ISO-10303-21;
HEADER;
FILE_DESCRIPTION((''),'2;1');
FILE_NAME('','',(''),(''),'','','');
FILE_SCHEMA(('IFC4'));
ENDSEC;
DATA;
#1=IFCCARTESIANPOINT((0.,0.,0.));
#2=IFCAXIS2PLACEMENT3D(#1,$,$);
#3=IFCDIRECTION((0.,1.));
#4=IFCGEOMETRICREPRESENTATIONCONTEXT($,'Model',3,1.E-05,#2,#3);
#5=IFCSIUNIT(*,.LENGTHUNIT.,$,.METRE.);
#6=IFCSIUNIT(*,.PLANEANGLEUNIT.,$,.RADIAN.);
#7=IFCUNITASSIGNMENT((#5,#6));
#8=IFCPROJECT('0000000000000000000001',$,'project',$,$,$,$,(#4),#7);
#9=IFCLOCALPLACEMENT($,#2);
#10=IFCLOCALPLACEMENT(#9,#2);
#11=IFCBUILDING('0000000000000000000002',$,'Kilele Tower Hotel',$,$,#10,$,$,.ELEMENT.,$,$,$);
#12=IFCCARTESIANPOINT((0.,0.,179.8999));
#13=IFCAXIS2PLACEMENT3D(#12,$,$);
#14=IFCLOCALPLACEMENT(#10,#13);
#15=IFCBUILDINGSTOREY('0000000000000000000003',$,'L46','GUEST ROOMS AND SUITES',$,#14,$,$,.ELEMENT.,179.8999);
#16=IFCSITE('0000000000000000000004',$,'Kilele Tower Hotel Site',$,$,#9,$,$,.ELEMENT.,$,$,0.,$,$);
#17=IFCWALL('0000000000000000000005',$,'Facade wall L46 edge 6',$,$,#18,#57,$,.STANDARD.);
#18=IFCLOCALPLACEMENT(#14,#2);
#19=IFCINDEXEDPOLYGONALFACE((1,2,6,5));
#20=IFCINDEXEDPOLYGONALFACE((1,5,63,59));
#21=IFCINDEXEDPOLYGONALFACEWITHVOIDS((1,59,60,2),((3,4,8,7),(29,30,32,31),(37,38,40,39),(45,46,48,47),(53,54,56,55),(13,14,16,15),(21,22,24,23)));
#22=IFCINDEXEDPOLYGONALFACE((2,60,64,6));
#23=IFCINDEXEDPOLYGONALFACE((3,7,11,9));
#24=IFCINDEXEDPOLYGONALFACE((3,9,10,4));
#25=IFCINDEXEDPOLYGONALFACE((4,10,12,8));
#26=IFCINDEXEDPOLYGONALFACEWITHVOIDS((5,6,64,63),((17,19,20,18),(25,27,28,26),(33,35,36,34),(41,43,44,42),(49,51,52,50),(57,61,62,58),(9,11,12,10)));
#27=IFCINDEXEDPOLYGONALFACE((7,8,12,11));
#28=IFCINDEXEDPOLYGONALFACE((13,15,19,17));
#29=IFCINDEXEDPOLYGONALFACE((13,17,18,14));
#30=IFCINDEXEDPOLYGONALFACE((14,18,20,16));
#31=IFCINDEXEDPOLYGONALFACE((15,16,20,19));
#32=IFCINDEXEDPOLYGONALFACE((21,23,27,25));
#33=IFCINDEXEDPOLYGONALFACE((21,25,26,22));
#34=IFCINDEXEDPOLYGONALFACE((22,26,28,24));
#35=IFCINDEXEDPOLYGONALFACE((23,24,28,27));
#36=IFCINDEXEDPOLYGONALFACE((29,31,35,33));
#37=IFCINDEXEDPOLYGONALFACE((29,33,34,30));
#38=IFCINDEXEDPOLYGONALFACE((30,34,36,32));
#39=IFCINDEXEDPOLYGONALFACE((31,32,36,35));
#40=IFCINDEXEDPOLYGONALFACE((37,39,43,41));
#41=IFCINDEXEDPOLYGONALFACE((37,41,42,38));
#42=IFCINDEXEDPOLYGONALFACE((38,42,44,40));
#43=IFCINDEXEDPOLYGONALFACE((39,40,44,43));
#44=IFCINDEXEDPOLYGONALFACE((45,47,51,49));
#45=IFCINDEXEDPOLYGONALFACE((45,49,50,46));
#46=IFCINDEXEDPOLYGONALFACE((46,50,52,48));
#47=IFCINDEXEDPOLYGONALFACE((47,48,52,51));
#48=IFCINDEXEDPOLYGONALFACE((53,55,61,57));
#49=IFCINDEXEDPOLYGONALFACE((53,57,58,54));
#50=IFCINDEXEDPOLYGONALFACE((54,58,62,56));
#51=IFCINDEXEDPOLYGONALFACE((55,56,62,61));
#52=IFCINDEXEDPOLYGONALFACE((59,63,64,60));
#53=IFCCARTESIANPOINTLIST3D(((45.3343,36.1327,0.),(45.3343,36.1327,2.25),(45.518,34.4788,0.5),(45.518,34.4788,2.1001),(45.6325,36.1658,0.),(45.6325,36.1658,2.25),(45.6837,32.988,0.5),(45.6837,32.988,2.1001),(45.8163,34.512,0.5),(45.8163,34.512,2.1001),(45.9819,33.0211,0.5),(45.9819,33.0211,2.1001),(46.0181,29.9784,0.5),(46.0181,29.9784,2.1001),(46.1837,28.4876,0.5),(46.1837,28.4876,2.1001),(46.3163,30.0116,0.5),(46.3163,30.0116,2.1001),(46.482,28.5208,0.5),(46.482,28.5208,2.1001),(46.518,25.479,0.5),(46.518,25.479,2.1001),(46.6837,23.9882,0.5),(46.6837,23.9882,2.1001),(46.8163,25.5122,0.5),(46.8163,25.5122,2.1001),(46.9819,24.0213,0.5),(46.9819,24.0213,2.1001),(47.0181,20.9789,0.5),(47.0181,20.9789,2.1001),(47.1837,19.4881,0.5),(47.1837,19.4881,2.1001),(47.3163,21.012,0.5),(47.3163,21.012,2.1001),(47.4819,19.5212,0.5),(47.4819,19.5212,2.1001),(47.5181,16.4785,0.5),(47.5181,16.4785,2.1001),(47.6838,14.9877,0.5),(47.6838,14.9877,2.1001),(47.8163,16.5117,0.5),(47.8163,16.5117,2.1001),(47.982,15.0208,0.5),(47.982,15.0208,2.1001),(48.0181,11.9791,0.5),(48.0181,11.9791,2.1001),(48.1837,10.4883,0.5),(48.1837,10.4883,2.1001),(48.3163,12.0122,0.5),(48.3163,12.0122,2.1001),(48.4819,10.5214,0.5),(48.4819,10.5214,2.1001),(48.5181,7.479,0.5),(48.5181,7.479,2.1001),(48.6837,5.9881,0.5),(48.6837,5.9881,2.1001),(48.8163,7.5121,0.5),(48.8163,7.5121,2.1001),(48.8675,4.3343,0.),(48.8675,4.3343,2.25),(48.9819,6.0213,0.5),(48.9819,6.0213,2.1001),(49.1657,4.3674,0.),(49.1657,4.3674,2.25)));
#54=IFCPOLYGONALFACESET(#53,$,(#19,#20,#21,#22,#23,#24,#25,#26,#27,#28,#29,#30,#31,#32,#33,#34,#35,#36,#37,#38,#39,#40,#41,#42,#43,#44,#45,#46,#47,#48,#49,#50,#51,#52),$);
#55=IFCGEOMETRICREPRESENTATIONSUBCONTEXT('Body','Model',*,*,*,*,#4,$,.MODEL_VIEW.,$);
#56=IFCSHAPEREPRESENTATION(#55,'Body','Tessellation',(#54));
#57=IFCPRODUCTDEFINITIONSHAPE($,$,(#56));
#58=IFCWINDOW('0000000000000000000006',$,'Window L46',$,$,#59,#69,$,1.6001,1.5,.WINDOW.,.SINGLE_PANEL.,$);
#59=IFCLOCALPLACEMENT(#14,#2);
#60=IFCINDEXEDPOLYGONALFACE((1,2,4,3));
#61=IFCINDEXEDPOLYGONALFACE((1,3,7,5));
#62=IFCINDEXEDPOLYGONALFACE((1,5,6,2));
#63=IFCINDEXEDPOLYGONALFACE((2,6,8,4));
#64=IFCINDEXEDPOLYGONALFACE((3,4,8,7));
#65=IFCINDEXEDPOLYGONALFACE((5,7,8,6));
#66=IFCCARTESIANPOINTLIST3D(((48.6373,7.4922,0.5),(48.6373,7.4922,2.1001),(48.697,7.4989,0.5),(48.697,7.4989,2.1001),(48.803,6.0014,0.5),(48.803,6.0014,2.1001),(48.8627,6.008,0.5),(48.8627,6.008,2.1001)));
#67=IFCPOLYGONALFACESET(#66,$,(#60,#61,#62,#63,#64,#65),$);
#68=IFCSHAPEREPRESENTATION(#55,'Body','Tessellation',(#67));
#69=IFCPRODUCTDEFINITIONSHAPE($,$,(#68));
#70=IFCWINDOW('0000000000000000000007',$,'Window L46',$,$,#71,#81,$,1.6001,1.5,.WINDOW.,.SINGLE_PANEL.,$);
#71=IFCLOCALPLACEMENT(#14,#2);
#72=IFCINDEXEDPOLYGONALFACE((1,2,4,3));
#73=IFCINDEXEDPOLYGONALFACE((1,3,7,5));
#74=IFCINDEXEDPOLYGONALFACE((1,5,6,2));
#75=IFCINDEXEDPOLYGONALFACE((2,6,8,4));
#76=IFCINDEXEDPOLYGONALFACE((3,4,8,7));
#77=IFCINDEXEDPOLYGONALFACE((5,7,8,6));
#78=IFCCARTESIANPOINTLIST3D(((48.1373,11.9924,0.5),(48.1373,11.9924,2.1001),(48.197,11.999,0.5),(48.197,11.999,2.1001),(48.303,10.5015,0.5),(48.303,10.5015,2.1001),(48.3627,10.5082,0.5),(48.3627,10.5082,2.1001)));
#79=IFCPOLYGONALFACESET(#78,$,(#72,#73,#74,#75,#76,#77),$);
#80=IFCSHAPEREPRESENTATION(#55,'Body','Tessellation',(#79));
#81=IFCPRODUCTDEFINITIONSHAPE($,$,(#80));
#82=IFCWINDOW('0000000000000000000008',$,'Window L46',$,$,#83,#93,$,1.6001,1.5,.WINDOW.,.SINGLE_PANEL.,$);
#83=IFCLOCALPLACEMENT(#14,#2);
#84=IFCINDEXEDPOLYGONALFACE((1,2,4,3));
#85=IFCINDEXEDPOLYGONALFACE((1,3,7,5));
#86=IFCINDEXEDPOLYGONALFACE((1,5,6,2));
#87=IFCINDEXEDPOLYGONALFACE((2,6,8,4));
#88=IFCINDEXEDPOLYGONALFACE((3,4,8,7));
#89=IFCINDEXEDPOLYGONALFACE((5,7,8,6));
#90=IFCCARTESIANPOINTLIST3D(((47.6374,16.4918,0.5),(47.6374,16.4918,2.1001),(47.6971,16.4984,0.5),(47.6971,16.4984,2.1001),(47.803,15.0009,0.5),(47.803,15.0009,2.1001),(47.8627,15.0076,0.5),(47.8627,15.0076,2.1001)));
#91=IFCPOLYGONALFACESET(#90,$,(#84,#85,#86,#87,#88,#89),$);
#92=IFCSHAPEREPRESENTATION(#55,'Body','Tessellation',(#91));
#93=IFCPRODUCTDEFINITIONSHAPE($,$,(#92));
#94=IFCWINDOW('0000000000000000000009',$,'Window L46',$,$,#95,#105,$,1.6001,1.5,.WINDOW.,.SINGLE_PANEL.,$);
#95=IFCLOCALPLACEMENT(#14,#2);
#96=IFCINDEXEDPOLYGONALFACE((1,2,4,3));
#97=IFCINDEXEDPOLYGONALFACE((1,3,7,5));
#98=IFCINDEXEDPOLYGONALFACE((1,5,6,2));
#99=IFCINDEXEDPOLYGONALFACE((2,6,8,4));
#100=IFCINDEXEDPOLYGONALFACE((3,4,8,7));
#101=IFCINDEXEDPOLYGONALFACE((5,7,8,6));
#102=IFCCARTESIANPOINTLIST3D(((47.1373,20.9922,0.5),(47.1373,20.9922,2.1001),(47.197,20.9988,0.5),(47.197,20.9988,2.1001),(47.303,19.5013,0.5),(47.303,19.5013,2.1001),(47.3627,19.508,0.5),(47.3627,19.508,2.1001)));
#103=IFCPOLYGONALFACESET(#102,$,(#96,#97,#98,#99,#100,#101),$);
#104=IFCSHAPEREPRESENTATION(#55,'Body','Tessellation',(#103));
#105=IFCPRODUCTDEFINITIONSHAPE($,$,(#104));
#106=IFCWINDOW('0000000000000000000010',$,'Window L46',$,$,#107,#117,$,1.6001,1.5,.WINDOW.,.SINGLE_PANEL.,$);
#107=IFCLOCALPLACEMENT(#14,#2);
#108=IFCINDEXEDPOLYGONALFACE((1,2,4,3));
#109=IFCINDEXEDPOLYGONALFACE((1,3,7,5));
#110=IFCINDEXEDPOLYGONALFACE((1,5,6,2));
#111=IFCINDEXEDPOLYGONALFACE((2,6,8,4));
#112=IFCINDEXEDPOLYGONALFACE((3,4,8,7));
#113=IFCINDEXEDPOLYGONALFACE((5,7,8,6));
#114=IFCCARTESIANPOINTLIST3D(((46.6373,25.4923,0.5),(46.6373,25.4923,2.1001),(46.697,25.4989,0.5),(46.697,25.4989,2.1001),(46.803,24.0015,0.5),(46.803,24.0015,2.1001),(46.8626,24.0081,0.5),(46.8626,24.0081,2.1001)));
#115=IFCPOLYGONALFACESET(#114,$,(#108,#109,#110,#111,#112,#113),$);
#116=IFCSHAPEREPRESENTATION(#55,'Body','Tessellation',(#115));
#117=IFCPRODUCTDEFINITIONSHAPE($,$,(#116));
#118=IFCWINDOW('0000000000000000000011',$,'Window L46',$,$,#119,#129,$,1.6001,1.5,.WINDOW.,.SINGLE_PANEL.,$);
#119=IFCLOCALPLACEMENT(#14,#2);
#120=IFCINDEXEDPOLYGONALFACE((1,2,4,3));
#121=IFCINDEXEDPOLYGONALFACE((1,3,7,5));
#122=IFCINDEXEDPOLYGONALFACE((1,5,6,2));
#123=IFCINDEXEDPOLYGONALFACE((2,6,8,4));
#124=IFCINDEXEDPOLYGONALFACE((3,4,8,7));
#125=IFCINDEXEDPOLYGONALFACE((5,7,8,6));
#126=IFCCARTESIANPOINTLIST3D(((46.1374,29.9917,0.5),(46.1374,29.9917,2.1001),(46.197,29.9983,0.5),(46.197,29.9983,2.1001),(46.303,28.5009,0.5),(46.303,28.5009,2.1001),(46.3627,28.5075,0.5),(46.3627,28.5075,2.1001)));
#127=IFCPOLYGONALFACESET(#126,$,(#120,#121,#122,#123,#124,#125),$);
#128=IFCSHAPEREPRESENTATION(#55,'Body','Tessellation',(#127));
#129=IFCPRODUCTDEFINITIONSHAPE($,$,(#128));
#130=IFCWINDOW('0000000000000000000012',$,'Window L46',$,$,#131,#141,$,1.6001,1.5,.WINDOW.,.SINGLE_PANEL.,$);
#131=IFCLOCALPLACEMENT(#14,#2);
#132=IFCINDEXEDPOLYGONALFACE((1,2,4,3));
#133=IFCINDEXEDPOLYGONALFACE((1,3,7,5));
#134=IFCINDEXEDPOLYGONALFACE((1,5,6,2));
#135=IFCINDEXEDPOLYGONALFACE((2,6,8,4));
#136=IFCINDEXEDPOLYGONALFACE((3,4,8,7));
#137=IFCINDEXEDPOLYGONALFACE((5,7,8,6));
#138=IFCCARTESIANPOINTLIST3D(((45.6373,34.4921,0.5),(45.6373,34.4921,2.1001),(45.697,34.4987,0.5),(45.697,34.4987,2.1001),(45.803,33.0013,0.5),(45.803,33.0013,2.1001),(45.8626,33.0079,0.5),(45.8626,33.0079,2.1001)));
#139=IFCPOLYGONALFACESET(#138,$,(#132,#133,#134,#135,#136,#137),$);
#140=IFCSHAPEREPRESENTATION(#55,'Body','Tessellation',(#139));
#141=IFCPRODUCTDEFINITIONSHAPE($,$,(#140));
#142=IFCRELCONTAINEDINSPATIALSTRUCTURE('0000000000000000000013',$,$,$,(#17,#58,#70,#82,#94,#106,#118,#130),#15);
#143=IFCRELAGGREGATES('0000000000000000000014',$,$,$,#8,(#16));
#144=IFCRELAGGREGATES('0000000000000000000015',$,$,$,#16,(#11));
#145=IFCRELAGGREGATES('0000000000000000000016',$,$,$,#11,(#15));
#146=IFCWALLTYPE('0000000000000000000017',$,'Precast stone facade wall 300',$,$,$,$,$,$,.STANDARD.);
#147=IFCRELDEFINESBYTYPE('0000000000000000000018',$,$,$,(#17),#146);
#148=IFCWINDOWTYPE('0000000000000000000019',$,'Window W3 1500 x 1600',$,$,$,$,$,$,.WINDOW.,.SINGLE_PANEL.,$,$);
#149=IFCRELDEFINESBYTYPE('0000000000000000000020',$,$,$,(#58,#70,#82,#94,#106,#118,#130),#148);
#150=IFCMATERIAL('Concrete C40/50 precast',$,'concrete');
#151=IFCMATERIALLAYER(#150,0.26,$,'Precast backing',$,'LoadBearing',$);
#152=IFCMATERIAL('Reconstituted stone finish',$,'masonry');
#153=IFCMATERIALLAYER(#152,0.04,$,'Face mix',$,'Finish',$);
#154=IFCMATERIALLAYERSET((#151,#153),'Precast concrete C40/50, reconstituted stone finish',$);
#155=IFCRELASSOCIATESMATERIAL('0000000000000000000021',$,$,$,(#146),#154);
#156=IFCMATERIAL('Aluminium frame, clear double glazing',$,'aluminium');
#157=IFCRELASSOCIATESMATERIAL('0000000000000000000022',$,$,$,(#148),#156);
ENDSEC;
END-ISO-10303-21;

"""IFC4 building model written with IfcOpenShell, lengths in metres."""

from ifc_helpers import new_model, si_unit, direction, frame, frame_2d, origin, place, context, subcontext, project, spatial, rectangle, extrude, material, layer, layer_set, type_object, element, fill, save


model = new_model("IFC4")

# Units and contexts
model_context = context("Model", 3, precision=1e-05, world=origin(), true_north=direction((0.0, 1.0)))
body_context = subcontext(model_context, "Body", "Model", "MODEL_VIEW")
ifc_project = project(units=[si_unit("LENGTHUNIT", "METRE"), si_unit("PLANEANGLEUNIT", "RADIAN")], contexts=[model_context])

# Site, building, storey
site_placement = place(None, origin())
site = spatial("IfcSite", under=ifc_project, at=site_placement, Name="Kilele Tower Hotel Site", CompositionType="ELEMENT", RefElevation=0.0)
building_placement = place(site_placement, origin())
building = spatial("IfcBuilding", under=site, at=building_placement, Name="Kilele Tower Hotel", CompositionType="ELEMENT")
storey_placement = place(building_placement, frame((0.0, 0.0, 179.8999)))
storey = spatial("IfcBuildingStorey", under=building, at=storey_placement, Name="L46", Description="GUEST ROOMS AND SUITES", CompositionType="ELEMENT", Elevation=179.8999)

# Shared definitions
ifc_material_1 = material(Name="Concrete C40/50 precast", Category="concrete")
ifc_layer_1 = layer(ifc_material_1, 0.26, Name="Precast backing", Category="LoadBearing")
ifc_material_2 = material(Name="Reconstituted stone finish", Category="masonry")
ifc_layer_2 = layer(ifc_material_2, 0.04, Name="Face mix", Category="Finish")
ifc_layer_set_1 = layer_set([ifc_layer_1, ifc_layer_2], Name="Precast concrete C40/50, reconstituted stone finish")
wall_type_1 = type_object("IfcWallType", Name="Precast stone facade wall 300", PredefinedType="STANDARD", material=ifc_layer_set_1)
ifc_material_3 = material(Name="Aluminium frame, clear double glazing", Category="aluminium")
window_type_1 = type_object("IfcWindowType", Name="Window W3 1500 x 1600", PartitioningType="SINGLE_PANEL", PredefinedType="WINDOW", material=ifc_material_3)

# Wall, openings, windows
wall_1_placement = place(storey_placement, frame((49.0166, 4.3508, 0.0), z_axis=(0.0, 0.0, 1.0), x_axis=(-0.110433, 0.993884, 0.0)))
wall_1 = element("IfcWall", 1, at=wall_1_placement, inside=storey, type_object=wall_type_1, Name="Facade wall L46 edge 6", PredefinedType="STANDARD", context=body_context, shape_type="SweptSolid", body=[
    extrude(rectangle(XDim=31.9941, YDim=0.3, at=frame_2d((15.9971, 0.0))), origin(), (0.0, 0.0, 1.0), 2.25),
])
opening_1_placement = place(wall_1_placement, frame((1.6641, 0.0, 0.5)))
opening_1 = element("IfcOpeningElement", 2, at=opening_1_placement, cuts=wall_1, PredefinedType="OPENING", context=body_context, shape_type="SweptSolid", body=[
    extrude(rectangle(XDim=1.5, YDim=1.6001, at=frame_2d((0.75, 0.8))), frame((0.0, 0.1599, 0.0), z_axis=(0.0, -1.0, 0.0), x_axis=(1.0, 0.0, 0.0)), (0.0, 0.0, 1.0), 0.3201),
])
opening_2_placement = place(wall_1_placement, frame((6.1919, 0.0, 0.5)))
opening_2 = element("IfcOpeningElement", 3, at=opening_2_placement, cuts=wall_1, PredefinedType="OPENING", context=body_context, shape_type="SweptSolid", body=[
    extrude(rectangle(XDim=1.5, YDim=1.6001, at=frame_2d((0.75, 0.8))), frame((0.0, 0.1599, 0.0), z_axis=(0.0, -1.0, 0.0), x_axis=(1.0, 0.0, 0.0)), (0.0, 0.0, 1.0), 0.3201),
])
opening_3_placement = place(wall_1_placement, frame((10.719, 0.0, 0.5)))
opening_3 = element("IfcOpeningElement", 4, at=opening_3_placement, cuts=wall_1, PredefinedType="OPENING", context=body_context, shape_type="SweptSolid", body=[
    extrude(rectangle(XDim=1.5, YDim=1.6001, at=frame_2d((0.75, 0.8))), frame((0.0, 0.1599, 0.0), z_axis=(0.0, -1.0, 0.0), x_axis=(1.0, 0.0, 0.0)), (0.0, 0.0, 1.0), 0.3201),
])
opening_4_placement = place(wall_1_placement, frame((15.2471, 0.0, 0.5)))
opening_4 = element("IfcOpeningElement", 5, at=opening_4_placement, cuts=wall_1, PredefinedType="OPENING", context=body_context, shape_type="SweptSolid", body=[
    extrude(rectangle(XDim=1.5, YDim=1.6001, at=frame_2d((0.75, 0.8))), frame((0.0, 0.1599, 0.0), z_axis=(0.0, -1.0, 0.0), x_axis=(1.0, 0.0, 0.0)), (0.0, 0.0, 1.0), 0.3201),
])
opening_5_placement = place(wall_1_placement, frame((19.7749, 0.0, 0.5)))
opening_5 = element("IfcOpeningElement", 6, at=opening_5_placement, cuts=wall_1, PredefinedType="OPENING", context=body_context, shape_type="SweptSolid", body=[
    extrude(rectangle(XDim=1.5, YDim=1.6001, at=frame_2d((0.75, 0.8))), frame((0.0, 0.1599, 0.0), z_axis=(0.0, -1.0, 0.0), x_axis=(1.0, 0.0, 0.0)), (0.0, 0.0, 1.0), 0.3201),
])
opening_6_placement = place(wall_1_placement, frame((24.302, 0.0, 0.5)))
opening_6 = element("IfcOpeningElement", 7, at=opening_6_placement, cuts=wall_1, PredefinedType="OPENING", context=body_context, shape_type="SweptSolid", body=[
    extrude(rectangle(XDim=1.5, YDim=1.6001, at=frame_2d((0.75, 0.8))), frame((0.0, 0.1599, 0.0), z_axis=(0.0, -1.0, 0.0), x_axis=(1.0, 0.0, 0.0)), (0.0, 0.0, 1.0), 0.3201),
])
opening_7_placement = place(wall_1_placement, frame((28.8301, 0.0, 0.5)))
opening_7 = element("IfcOpeningElement", 8, at=opening_7_placement, cuts=wall_1, PredefinedType="OPENING", context=body_context, shape_type="SweptSolid", body=[
    extrude(rectangle(XDim=1.5, YDim=1.6001, at=frame_2d((0.75, 0.8))), frame((0.0, 0.1599, 0.0), z_axis=(0.0, -1.0, 0.0), x_axis=(1.0, 0.0, 0.0)), (0.0, 0.0, 1.0), 0.3201),
])
window_1_placement = place(opening_1_placement, origin())
window_1 = element("IfcWindow", 9, at=window_1_placement, inside=storey, type_object=window_type_1, Name="Window L46", OverallHeight=1.6001, OverallWidth=1.5, PartitioningType="SINGLE_PANEL", PredefinedType="WINDOW", context=body_context, shape_type="SweptSolid", body=[
    extrude(rectangle(XDim=1.5, YDim=1.6001, at=frame_2d((0.75, 0.8))), frame((0.0, 0.03, 0.0), z_axis=(0.0, -1.0, 0.0), x_axis=(1.0, 0.0, 0.0)), (0.0, 0.0, 1.0), 0.0601),
])
fill(opening_1, window_1)
window_2_placement = place(opening_2_placement, origin())
window_2 = element("IfcWindow", 10, at=window_2_placement, inside=storey, type_object=window_type_1, Name="Window L46", OverallHeight=1.6001, OverallWidth=1.5, PartitioningType="SINGLE_PANEL", PredefinedType="WINDOW", context=body_context, shape_type="SweptSolid", body=[
    extrude(rectangle(XDim=1.5, YDim=1.6001, at=frame_2d((0.75, 0.8))), frame((0.0, 0.03, 0.0), z_axis=(0.0, -1.0, 0.0), x_axis=(1.0, 0.0, 0.0)), (0.0, 0.0, 1.0), 0.0601),
])
fill(opening_2, window_2)
window_3_placement = place(opening_3_placement, origin())
window_3 = element("IfcWindow", 11, at=window_3_placement, inside=storey, type_object=window_type_1, Name="Window L46", OverallHeight=1.6001, OverallWidth=1.5, PartitioningType="SINGLE_PANEL", PredefinedType="WINDOW", context=body_context, shape_type="SweptSolid", body=[
    extrude(rectangle(XDim=1.5, YDim=1.6001, at=frame_2d((0.75, 0.8))), frame((0.0, 0.03, 0.0), z_axis=(0.0, -1.0, 0.0), x_axis=(1.0, 0.0, 0.0)), (0.0, 0.0, 1.0), 0.0601),
])
fill(opening_3, window_3)
window_4_placement = place(opening_4_placement, origin())
window_4 = element("IfcWindow", 12, at=window_4_placement, inside=storey, type_object=window_type_1, Name="Window L46", OverallHeight=1.6001, OverallWidth=1.5, PartitioningType="SINGLE_PANEL", PredefinedType="WINDOW", context=body_context, shape_type="SweptSolid", body=[
    extrude(rectangle(XDim=1.5, YDim=1.6001, at=frame_2d((0.75, 0.8))), frame((0.0, 0.03, 0.0), z_axis=(0.0, -1.0, 0.0), x_axis=(1.0, 0.0, 0.0)), (0.0, 0.0, 1.0), 0.0601),
])
fill(opening_4, window_4)
window_5_placement = place(opening_5_placement, origin())
window_5 = element("IfcWindow", 13, at=window_5_placement, inside=storey, type_object=window_type_1, Name="Window L46", OverallHeight=1.6001, OverallWidth=1.5, PartitioningType="SINGLE_PANEL", PredefinedType="WINDOW", context=body_context, shape_type="SweptSolid", body=[
    extrude(rectangle(XDim=1.5, YDim=1.6001, at=frame_2d((0.75, 0.8))), frame((0.0, 0.03, 0.0), z_axis=(0.0, -1.0, 0.0), x_axis=(1.0, 0.0, 0.0)), (0.0, 0.0, 1.0), 0.0601),
])
fill(opening_5, window_5)
window_6_placement = place(opening_6_placement, origin())
window_6 = element("IfcWindow", 14, at=window_6_placement, inside=storey, type_object=window_type_1, Name="Window L46", OverallHeight=1.6001, OverallWidth=1.5, PartitioningType="SINGLE_PANEL", PredefinedType="WINDOW", context=body_context, shape_type="SweptSolid", body=[
    extrude(rectangle(XDim=1.5, YDim=1.6001, at=frame_2d((0.75, 0.8))), frame((0.0, 0.03, 0.0), z_axis=(0.0, -1.0, 0.0), x_axis=(1.0, 0.0, 0.0)), (0.0, 0.0, 1.0), 0.0601),
])
fill(opening_6, window_6)
window_7_placement = place(opening_7_placement, origin())
window_7 = element("IfcWindow", 15, at=window_7_placement, inside=storey, type_object=window_type_1, Name="Window L46", OverallHeight=1.6001, OverallWidth=1.5, PartitioningType="SINGLE_PANEL", PredefinedType="WINDOW", context=body_context, shape_type="SweptSolid", body=[
    extrude(rectangle(XDim=1.5, YDim=1.6001, at=frame_2d((0.75, 0.8))), frame((0.0, 0.03, 0.0), z_axis=(0.0, -1.0, 0.0), x_axis=(1.0, 0.0, 0.0)), (0.0, 0.0, 1.0), 0.0601),
])
fill(opening_7, window_7)

save(model, "model.ifc")
